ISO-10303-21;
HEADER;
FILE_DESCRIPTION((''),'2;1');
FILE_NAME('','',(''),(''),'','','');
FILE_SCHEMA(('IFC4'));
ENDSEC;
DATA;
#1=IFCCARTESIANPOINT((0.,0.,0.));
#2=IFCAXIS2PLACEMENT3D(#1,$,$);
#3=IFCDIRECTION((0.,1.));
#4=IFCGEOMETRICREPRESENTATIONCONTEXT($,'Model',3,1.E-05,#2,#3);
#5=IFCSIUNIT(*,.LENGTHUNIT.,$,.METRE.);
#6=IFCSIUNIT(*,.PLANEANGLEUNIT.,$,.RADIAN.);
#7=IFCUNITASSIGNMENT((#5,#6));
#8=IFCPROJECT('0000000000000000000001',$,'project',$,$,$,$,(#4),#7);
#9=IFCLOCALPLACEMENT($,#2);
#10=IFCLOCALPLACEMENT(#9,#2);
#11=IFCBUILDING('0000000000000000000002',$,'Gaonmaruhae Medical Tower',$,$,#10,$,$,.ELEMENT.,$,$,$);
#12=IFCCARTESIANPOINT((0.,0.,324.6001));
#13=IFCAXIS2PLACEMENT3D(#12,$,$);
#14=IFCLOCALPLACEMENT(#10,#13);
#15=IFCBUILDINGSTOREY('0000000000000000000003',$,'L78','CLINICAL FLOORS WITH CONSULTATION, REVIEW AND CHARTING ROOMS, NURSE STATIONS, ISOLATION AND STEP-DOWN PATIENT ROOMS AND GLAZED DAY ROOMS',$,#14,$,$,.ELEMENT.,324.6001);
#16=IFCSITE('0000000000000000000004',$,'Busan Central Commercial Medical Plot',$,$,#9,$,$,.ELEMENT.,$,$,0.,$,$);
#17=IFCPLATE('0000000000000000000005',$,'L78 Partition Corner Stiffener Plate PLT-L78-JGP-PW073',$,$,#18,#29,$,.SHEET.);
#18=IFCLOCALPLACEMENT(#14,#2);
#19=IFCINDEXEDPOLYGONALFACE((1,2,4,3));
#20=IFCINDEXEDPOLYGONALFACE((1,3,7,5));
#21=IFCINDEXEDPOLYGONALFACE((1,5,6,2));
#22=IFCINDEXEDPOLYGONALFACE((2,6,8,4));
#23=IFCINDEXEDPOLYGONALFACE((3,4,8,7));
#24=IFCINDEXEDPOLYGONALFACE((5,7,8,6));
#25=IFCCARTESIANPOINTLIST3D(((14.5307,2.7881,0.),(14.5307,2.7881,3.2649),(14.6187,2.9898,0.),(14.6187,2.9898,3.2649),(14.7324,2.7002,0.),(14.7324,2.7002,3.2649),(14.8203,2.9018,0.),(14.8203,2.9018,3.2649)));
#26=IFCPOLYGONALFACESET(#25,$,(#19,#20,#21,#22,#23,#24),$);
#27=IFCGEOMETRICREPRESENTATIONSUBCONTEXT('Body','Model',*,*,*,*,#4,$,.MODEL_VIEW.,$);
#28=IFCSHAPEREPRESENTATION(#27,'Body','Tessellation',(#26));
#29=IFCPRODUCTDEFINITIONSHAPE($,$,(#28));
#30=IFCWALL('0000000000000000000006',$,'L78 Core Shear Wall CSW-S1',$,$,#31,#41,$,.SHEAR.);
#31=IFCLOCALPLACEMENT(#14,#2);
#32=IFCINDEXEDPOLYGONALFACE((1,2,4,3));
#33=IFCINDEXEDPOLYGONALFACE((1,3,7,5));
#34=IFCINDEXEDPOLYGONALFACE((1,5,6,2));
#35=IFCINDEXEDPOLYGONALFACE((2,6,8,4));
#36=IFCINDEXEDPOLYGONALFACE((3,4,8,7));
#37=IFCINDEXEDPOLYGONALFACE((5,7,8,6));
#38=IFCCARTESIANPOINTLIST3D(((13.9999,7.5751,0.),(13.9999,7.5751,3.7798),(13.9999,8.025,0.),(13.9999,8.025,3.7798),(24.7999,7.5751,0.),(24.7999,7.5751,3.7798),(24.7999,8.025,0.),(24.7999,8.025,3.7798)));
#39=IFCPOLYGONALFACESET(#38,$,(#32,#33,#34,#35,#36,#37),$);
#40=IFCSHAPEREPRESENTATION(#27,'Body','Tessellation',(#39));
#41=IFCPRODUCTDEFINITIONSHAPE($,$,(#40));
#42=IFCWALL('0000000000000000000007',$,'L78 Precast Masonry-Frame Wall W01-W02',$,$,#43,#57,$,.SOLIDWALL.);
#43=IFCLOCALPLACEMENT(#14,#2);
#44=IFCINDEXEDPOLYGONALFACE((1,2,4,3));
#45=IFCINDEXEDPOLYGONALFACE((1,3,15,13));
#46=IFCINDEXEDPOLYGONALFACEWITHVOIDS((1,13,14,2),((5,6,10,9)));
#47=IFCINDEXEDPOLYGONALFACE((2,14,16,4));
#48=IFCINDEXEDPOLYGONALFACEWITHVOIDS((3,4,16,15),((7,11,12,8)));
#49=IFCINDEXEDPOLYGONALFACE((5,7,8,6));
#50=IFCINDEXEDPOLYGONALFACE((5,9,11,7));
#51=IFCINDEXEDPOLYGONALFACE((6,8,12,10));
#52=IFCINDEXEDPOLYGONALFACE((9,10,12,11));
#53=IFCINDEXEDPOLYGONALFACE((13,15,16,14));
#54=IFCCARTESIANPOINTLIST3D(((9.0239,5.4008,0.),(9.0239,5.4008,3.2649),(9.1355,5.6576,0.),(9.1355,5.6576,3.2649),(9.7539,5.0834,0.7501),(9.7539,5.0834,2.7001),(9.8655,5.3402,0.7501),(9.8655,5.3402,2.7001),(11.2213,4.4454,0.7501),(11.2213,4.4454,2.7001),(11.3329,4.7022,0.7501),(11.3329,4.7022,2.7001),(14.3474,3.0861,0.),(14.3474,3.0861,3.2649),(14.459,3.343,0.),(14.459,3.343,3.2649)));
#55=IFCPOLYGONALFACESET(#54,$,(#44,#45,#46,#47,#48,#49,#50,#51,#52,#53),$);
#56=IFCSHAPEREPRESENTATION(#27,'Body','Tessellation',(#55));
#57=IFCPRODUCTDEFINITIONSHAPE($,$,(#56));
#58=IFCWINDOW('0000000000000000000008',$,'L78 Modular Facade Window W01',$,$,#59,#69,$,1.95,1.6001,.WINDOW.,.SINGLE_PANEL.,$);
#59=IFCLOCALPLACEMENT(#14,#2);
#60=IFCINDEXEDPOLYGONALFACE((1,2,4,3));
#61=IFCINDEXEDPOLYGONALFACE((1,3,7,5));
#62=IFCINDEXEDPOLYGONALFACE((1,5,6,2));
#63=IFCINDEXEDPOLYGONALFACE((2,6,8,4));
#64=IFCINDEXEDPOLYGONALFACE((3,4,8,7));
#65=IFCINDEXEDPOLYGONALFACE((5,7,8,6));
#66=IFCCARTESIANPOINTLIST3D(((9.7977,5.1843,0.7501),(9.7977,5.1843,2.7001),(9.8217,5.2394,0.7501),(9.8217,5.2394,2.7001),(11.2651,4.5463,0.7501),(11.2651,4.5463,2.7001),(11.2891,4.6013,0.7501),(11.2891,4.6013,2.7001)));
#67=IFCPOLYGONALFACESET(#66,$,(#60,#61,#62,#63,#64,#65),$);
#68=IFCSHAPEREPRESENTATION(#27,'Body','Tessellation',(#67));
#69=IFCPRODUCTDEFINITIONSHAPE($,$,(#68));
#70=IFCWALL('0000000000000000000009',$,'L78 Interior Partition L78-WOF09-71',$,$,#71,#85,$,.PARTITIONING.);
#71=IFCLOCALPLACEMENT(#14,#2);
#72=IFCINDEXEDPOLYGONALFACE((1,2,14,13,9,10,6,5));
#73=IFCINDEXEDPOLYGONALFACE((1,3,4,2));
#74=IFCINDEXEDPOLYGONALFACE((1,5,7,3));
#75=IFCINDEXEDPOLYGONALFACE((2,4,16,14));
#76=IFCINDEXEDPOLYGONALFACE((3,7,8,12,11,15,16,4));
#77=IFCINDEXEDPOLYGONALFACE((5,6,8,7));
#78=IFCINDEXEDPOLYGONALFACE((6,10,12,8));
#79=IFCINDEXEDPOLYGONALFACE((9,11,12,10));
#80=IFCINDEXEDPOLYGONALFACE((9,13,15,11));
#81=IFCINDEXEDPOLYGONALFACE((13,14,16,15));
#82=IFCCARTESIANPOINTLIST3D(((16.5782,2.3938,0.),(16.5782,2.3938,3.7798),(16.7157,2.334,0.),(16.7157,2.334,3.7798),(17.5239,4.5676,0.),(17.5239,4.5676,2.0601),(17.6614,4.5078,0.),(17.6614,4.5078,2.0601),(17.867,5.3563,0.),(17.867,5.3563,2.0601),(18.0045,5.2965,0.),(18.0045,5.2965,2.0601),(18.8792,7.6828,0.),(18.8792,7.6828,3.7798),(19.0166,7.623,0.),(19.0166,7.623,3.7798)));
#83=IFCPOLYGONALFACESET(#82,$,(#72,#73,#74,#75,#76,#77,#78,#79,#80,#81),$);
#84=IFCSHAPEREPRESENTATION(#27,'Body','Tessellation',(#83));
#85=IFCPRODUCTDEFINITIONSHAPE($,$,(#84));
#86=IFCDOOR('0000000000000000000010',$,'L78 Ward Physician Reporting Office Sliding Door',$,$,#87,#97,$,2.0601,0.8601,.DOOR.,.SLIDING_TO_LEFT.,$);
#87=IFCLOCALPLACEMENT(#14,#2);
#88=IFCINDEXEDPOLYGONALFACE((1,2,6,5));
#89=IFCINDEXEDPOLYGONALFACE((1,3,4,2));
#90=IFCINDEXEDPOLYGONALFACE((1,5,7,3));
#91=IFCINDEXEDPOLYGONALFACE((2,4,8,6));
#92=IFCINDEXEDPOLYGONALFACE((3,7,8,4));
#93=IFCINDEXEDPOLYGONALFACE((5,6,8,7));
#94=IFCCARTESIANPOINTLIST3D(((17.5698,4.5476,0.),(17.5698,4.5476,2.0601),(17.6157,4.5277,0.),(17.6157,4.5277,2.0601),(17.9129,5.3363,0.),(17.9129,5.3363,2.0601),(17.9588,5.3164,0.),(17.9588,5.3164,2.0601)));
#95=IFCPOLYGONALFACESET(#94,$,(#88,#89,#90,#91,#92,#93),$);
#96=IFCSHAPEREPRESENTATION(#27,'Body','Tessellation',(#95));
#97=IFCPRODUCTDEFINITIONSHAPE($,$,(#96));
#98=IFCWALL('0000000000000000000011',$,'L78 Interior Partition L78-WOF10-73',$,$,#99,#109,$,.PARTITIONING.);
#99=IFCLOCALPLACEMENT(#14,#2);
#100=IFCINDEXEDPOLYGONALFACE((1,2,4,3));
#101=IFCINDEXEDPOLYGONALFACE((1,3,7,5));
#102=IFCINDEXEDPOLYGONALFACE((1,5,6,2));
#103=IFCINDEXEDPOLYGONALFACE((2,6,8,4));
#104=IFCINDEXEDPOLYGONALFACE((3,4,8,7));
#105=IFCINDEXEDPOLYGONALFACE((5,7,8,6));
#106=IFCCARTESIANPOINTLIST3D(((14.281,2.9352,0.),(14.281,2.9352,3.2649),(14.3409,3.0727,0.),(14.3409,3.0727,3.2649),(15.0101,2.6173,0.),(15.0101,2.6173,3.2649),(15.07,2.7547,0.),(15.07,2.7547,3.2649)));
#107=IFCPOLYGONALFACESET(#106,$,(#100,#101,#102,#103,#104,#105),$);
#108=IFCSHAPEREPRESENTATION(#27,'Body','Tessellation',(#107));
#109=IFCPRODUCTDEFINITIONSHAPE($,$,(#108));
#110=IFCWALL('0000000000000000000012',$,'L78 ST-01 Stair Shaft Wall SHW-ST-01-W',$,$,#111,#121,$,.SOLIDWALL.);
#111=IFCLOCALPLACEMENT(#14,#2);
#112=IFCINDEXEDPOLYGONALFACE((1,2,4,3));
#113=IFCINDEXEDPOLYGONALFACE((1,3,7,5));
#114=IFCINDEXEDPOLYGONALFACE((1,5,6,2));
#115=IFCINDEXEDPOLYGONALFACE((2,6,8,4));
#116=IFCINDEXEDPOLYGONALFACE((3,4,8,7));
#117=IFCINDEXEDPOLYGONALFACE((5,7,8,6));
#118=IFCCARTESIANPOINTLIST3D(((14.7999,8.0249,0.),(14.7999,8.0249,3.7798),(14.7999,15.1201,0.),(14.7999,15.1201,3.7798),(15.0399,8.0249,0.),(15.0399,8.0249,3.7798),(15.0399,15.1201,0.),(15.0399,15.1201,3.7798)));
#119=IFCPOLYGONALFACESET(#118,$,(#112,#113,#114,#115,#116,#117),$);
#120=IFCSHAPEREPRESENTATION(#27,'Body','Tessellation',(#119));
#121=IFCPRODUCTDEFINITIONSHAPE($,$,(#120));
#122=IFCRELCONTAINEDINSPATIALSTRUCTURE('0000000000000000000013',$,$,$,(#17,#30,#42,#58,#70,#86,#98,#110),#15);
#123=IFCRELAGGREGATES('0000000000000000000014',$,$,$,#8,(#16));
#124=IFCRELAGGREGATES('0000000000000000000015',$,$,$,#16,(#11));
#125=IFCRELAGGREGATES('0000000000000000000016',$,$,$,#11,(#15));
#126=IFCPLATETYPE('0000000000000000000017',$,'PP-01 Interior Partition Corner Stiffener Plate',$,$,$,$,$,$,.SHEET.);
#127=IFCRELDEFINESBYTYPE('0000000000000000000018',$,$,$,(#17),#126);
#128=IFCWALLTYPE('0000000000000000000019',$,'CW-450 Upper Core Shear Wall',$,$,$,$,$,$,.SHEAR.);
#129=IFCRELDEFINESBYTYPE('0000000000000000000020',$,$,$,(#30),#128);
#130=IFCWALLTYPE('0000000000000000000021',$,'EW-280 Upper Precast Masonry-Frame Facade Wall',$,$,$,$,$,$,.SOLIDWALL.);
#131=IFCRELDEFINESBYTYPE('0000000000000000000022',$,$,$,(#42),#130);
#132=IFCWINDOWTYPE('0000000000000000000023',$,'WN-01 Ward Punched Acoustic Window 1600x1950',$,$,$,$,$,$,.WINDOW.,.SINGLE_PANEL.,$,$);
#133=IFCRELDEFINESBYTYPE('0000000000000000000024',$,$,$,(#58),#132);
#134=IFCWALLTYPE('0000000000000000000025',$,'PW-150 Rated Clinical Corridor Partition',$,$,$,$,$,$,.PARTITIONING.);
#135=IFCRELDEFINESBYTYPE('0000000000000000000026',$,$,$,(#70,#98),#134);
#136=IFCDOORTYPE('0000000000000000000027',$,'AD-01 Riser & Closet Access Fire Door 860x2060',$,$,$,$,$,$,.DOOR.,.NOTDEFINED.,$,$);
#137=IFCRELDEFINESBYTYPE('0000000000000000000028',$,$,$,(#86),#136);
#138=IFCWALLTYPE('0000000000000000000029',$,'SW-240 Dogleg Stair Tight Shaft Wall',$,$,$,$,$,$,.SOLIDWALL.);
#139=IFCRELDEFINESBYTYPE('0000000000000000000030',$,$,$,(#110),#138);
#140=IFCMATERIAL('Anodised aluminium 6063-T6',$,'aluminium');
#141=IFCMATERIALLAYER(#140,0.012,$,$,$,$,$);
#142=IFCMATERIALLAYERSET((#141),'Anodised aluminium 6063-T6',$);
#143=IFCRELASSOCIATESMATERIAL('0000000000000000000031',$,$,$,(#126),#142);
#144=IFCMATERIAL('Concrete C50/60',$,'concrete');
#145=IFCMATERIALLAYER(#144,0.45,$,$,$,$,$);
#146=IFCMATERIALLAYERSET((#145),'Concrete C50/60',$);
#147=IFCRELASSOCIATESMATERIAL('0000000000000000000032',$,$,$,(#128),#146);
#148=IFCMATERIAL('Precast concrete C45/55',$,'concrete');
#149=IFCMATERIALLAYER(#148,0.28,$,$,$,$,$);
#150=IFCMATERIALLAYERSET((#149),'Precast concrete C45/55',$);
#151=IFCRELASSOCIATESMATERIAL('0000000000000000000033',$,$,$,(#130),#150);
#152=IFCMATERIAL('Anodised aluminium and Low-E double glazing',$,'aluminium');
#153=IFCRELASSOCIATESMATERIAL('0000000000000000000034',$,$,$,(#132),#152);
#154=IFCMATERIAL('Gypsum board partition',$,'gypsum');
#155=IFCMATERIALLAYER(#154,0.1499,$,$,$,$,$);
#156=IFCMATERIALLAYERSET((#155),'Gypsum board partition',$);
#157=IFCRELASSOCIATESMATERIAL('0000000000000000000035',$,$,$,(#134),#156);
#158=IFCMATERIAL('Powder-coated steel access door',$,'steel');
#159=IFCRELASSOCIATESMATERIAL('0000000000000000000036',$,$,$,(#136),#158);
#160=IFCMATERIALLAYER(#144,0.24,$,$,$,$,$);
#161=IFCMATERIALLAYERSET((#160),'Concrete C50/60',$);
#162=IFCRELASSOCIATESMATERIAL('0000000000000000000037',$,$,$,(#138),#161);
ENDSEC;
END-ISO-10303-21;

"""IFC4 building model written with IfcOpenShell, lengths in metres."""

from ifc_helpers import new_model, si_unit, direction, frame, frame_2d, origin, origin_2d, place, context, subcontext, project, spatial, rectangle, extrude, material, layer, layer_set, type_object, element, fill, save


model = new_model("IFC4")

# Units and contexts
model_context = context("Model", 3, precision=1e-05, world=origin(), true_north=direction((0.0, 1.0)))
body_context = subcontext(model_context, "Body", "Model", "MODEL_VIEW")
ifc_project = project(units=[si_unit("LENGTHUNIT", "METRE"), si_unit("PLANEANGLEUNIT", "RADIAN")], contexts=[model_context])

# Site, building, storey
site_placement = place(None, origin())
site = spatial("IfcSite", under=ifc_project, at=site_placement, Name="Busan Central Commercial Medical Plot", CompositionType="ELEMENT", RefElevation=0.0)
building_placement = place(site_placement, origin())
building = spatial("IfcBuilding", under=site, at=building_placement, Name="Gaonmaruhae Medical Tower", CompositionType="ELEMENT")
storey_placement = place(building_placement, frame((0.0, 0.0, 324.6001)))
storey = spatial("IfcBuildingStorey", under=building, at=storey_placement, Name="L78", Description="CLINICAL FLOORS WITH CONSULTATION, REVIEW AND CHARTING ROOMS, NURSE STATIONS, ISOLATION AND STEP-DOWN PATIENT ROOMS AND GLAZED DAY ROOMS", CompositionType="ELEMENT", Elevation=324.6001)

# Shared definitions
ifc_material_1 = material(Name="Concrete C50/60", Category="concrete")

# Plate
ifc_material_2 = material(Name="Anodised aluminium 6063-T6", Category="aluminium")
ifc_layer_1 = layer(ifc_material_2, 0.012)
ifc_layer_set_1 = layer_set([ifc_layer_1], Name="Anodised aluminium 6063-T6")
plate_type = type_object("IfcPlateType", Name="PP-01 Interior Partition Corner Stiffener Plate", PredefinedType="SHEET", material=ifc_layer_set_1)
plate_placement = place(storey_placement, frame((14.6755, 2.845, 0.0), z_axis=(0.0, 0.0, 1.0), x_axis=(-0.916586, 0.399837, 0.0)))
element("IfcPlate", 1, at=plate_placement, inside=storey, type_object=plate_type, Name="L78 Partition Corner Stiffener Plate PLT-L78-JGP-PW073", PredefinedType="SHEET", context=body_context, shape_type="SweptSolid", body=[
    extrude(rectangle(XDim=0.22, YDim=0.22, at=origin_2d()), origin(), (0.0, 0.0, 1.0), 3.2649),
])

# Wall
ifc_layer_2 = layer(ifc_material_1, 0.45)
ifc_layer_set_2 = layer_set([ifc_layer_2], Name="Concrete C50/60")
wall_type_1 = type_object("IfcWallType", Name="CW-450 Upper Core Shear Wall", PredefinedType="SHEAR", material=ifc_layer_set_2)
wall_1_placement = place(storey_placement, frame((14.0, 7.8, 0.0), z_axis=(0.0, 0.0, 1.0), x_axis=(1.0, 0.0, 0.0)))
element("IfcWall", 2, at=wall_1_placement, inside=storey, type_object=wall_type_1, Name="L78 Core Shear Wall CSW-S1", PredefinedType="SHEAR", context=body_context, shape_type="SweptSolid", body=[
    extrude(rectangle(XDim=10.8, YDim=0.45, at=frame_2d((5.3999, 0.0))), origin(), (0.0, 0.0, 1.0), 3.7798),
])

# Wall, opening, window
ifc_material_3 = material(Name="Precast concrete C45/55", Category="concrete")
ifc_layer_3 = layer(ifc_material_3, 0.28)
ifc_layer_set_3 = layer_set([ifc_layer_3], Name="Precast concrete C45/55")
wall_type_2 = type_object("IfcWallType", Name="EW-280 Upper Precast Masonry-Frame Facade Wall", PredefinedType="SOLIDWALL", material=ifc_layer_set_3)
wall_2_placement = place(storey_placement, frame((14.4031, 3.2146, 0.0), z_axis=(0.0, 0.0, 1.0), x_axis=(-0.917061, 0.398746, 0.0)))
wall_2 = element("IfcWall", 3, at=wall_2_placement, inside=storey, type_object=wall_type_2, Name="L78 Precast Masonry-Frame Wall W01-W02", PredefinedType="SOLIDWALL", context=body_context, shape_type="SweptSolid", body=[
    extrude(rectangle(XDim=5.8049, YDim=0.28, at=frame_2d((2.9023, 0.0))), origin(), (0.0, 0.0, 1.0), 3.2649),
])
opening_1_placement = place(wall_2_placement, frame((3.4087, 0.0, 0.75)))
opening_1 = element("IfcOpeningElement", 4, at=opening_1_placement, cuts=wall_2, PredefinedType="OPENING", context=body_context, shape_type="SweptSolid", body=[
    extrude(rectangle(XDim=1.6001, YDim=1.95, at=frame_2d((0.8, 0.9751))), frame((0.0, 0.1499, 0.0), z_axis=(0.0, -1.0, 0.0), x_axis=(1.0, 0.0, 0.0)), (0.0, 0.0, 1.0), 0.3),
])
ifc_material_4 = material(Name="Anodised aluminium and Low-E double glazing", Category="aluminium")
window_type = type_object("IfcWindowType", Name="WN-01 Ward Punched Acoustic Window 1600x1950", PartitioningType="SINGLE_PANEL", PredefinedType="WINDOW", material=ifc_material_4)
window_placement = place(opening_1_placement, origin())
window = element("IfcWindow", 5, at=window_placement, inside=storey, type_object=window_type, Name="L78 Modular Facade Window W01", OverallHeight=1.95, OverallWidth=1.6001, PartitioningType="SINGLE_PANEL", PredefinedType="WINDOW", context=body_context, shape_type="SweptSolid", body=[
    extrude(rectangle(XDim=1.6001, YDim=1.95, at=frame_2d((0.8, 0.9751))), frame((0.0, 0.03, 0.0), z_axis=(0.0, -1.0, 0.0), x_axis=(1.0, 0.0, 0.0)), (0.0, 0.0, 1.0), 0.0601),
])
fill(opening_1, window)

# Wall, opening, door
ifc_material_5 = material(Name="Gypsum board partition", Category="gypsum")
ifc_layer_4 = layer(ifc_material_5, 0.1499)
ifc_layer_set_4 = layer_set([ifc_layer_4], Name="Gypsum board partition")
wall_type_3 = type_object("IfcWallType", Name="PW-150 Rated Clinical Corridor Partition", PredefinedType="PARTITIONING", material=ifc_layer_set_4)
wall_3_placement = place(storey_placement, frame((16.647, 2.364, 0.0), z_axis=(0.0, 0.0, 1.0), x_axis=(0.398935, 0.916979, 0.0)))
wall_3 = element("IfcWall", 6, at=wall_3_placement, inside=storey, type_object=wall_type_3, Name="L78 Interior Partition L78-WOF09-71", PredefinedType="PARTITIONING", context=body_context, shape_type="SweptSolid", body=[
    extrude(rectangle(XDim=5.7678, YDim=0.1499, at=frame_2d((2.8838, 0.0))), origin(), (0.0, 0.0, 1.0), 3.7798),
])
opening_2_placement = place(wall_3_placement, frame((2.3704, 0.0, 0.0)))
opening_2 = element("IfcOpeningElement", 7, at=opening_2_placement, cuts=wall_3, PredefinedType="OPENING", context=body_context, shape_type="SweptSolid", body=[
    extrude(rectangle(XDim=0.8601, YDim=2.0601, at=frame_2d((0.4302, 1.03))), frame((0.0, 0.085, 0.0), z_axis=(0.0, -1.0, 0.0), x_axis=(1.0, 0.0, 0.0)), (0.0, 0.0, 1.0), 0.1699),
])
ifc_material_6 = material(Name="Powder-coated steel access door", Category="steel")
door_type_1 = type_object("IfcDoorType", Name="AD-01 Riser & Closet Access Fire Door 860x2060", OperationType="NOTDEFINED", PredefinedType="DOOR", material=ifc_material_6)
door_1_placement = place(opening_2_placement, origin())
door_1 = element("IfcDoor", 8, at=door_1_placement, inside=storey, type_object=door_type_1, Name="L78 Ward Physician Reporting Office Sliding Door", OperationType="SLIDING_TO_LEFT", OverallHeight=2.0601, OverallWidth=0.8601, PredefinedType="DOOR", context=body_context, shape_type="SweptSolid", body=[
    extrude(rectangle(XDim=0.8601, YDim=2.0601, at=frame_2d((0.4302, 1.03))), frame((0.0, 0.0249, 0.0), z_axis=(0.0, -1.0, 0.0), x_axis=(1.0, 0.0, 0.0)), (0.0, 0.0, 1.0), 0.05),
])
fill(opening_2, door_1)

# Walls
wall_4_placement = place(storey_placement, frame((15.04, 2.686, 0.0), z_axis=(0.0, 0.0, 1.0), x_axis=(-0.91665, 0.399691, 0.0)))
element("IfcWall", 9, at=wall_4_placement, inside=storey, type_object=wall_type_3, Name="L78 Interior Partition L78-WOF10-73", PredefinedType="PARTITIONING", context=body_context, shape_type="SweptSolid", body=[
    extrude(rectangle(XDim=0.7954, YDim=0.1499, at=frame_2d((0.3977, 0.0))), origin(), (0.0, 0.0, 1.0), 3.2649),
])
ifc_layer_5 = layer(ifc_material_1, 0.24)
ifc_layer_set_5 = layer_set([ifc_layer_5], Name="Concrete C50/60")
wall_type_4 = type_object("IfcWallType", Name="SW-240 Dogleg Stair Tight Shaft Wall", PredefinedType="SOLIDWALL", material=ifc_layer_set_5)
wall_5_placement = place(storey_placement, frame((14.9199, 8.0249, 0.0), z_axis=(0.0, 0.0, 1.0), x_axis=(0.0, 1.0, 0.0)))
element("IfcWall", 10, at=wall_5_placement, inside=storey, type_object=wall_type_4, Name="L78 ST-01 Stair Shaft Wall SHW-ST-01-W", PredefinedType="SOLIDWALL", context=body_context, shape_type="SweptSolid", body=[
    extrude(rectangle(XDim=7.0952, YDim=0.24, at=frame_2d((3.5476, 0.0))), origin(), (0.0, 0.0, 1.0), 3.7798),
])

save(model, "model.ifc")
